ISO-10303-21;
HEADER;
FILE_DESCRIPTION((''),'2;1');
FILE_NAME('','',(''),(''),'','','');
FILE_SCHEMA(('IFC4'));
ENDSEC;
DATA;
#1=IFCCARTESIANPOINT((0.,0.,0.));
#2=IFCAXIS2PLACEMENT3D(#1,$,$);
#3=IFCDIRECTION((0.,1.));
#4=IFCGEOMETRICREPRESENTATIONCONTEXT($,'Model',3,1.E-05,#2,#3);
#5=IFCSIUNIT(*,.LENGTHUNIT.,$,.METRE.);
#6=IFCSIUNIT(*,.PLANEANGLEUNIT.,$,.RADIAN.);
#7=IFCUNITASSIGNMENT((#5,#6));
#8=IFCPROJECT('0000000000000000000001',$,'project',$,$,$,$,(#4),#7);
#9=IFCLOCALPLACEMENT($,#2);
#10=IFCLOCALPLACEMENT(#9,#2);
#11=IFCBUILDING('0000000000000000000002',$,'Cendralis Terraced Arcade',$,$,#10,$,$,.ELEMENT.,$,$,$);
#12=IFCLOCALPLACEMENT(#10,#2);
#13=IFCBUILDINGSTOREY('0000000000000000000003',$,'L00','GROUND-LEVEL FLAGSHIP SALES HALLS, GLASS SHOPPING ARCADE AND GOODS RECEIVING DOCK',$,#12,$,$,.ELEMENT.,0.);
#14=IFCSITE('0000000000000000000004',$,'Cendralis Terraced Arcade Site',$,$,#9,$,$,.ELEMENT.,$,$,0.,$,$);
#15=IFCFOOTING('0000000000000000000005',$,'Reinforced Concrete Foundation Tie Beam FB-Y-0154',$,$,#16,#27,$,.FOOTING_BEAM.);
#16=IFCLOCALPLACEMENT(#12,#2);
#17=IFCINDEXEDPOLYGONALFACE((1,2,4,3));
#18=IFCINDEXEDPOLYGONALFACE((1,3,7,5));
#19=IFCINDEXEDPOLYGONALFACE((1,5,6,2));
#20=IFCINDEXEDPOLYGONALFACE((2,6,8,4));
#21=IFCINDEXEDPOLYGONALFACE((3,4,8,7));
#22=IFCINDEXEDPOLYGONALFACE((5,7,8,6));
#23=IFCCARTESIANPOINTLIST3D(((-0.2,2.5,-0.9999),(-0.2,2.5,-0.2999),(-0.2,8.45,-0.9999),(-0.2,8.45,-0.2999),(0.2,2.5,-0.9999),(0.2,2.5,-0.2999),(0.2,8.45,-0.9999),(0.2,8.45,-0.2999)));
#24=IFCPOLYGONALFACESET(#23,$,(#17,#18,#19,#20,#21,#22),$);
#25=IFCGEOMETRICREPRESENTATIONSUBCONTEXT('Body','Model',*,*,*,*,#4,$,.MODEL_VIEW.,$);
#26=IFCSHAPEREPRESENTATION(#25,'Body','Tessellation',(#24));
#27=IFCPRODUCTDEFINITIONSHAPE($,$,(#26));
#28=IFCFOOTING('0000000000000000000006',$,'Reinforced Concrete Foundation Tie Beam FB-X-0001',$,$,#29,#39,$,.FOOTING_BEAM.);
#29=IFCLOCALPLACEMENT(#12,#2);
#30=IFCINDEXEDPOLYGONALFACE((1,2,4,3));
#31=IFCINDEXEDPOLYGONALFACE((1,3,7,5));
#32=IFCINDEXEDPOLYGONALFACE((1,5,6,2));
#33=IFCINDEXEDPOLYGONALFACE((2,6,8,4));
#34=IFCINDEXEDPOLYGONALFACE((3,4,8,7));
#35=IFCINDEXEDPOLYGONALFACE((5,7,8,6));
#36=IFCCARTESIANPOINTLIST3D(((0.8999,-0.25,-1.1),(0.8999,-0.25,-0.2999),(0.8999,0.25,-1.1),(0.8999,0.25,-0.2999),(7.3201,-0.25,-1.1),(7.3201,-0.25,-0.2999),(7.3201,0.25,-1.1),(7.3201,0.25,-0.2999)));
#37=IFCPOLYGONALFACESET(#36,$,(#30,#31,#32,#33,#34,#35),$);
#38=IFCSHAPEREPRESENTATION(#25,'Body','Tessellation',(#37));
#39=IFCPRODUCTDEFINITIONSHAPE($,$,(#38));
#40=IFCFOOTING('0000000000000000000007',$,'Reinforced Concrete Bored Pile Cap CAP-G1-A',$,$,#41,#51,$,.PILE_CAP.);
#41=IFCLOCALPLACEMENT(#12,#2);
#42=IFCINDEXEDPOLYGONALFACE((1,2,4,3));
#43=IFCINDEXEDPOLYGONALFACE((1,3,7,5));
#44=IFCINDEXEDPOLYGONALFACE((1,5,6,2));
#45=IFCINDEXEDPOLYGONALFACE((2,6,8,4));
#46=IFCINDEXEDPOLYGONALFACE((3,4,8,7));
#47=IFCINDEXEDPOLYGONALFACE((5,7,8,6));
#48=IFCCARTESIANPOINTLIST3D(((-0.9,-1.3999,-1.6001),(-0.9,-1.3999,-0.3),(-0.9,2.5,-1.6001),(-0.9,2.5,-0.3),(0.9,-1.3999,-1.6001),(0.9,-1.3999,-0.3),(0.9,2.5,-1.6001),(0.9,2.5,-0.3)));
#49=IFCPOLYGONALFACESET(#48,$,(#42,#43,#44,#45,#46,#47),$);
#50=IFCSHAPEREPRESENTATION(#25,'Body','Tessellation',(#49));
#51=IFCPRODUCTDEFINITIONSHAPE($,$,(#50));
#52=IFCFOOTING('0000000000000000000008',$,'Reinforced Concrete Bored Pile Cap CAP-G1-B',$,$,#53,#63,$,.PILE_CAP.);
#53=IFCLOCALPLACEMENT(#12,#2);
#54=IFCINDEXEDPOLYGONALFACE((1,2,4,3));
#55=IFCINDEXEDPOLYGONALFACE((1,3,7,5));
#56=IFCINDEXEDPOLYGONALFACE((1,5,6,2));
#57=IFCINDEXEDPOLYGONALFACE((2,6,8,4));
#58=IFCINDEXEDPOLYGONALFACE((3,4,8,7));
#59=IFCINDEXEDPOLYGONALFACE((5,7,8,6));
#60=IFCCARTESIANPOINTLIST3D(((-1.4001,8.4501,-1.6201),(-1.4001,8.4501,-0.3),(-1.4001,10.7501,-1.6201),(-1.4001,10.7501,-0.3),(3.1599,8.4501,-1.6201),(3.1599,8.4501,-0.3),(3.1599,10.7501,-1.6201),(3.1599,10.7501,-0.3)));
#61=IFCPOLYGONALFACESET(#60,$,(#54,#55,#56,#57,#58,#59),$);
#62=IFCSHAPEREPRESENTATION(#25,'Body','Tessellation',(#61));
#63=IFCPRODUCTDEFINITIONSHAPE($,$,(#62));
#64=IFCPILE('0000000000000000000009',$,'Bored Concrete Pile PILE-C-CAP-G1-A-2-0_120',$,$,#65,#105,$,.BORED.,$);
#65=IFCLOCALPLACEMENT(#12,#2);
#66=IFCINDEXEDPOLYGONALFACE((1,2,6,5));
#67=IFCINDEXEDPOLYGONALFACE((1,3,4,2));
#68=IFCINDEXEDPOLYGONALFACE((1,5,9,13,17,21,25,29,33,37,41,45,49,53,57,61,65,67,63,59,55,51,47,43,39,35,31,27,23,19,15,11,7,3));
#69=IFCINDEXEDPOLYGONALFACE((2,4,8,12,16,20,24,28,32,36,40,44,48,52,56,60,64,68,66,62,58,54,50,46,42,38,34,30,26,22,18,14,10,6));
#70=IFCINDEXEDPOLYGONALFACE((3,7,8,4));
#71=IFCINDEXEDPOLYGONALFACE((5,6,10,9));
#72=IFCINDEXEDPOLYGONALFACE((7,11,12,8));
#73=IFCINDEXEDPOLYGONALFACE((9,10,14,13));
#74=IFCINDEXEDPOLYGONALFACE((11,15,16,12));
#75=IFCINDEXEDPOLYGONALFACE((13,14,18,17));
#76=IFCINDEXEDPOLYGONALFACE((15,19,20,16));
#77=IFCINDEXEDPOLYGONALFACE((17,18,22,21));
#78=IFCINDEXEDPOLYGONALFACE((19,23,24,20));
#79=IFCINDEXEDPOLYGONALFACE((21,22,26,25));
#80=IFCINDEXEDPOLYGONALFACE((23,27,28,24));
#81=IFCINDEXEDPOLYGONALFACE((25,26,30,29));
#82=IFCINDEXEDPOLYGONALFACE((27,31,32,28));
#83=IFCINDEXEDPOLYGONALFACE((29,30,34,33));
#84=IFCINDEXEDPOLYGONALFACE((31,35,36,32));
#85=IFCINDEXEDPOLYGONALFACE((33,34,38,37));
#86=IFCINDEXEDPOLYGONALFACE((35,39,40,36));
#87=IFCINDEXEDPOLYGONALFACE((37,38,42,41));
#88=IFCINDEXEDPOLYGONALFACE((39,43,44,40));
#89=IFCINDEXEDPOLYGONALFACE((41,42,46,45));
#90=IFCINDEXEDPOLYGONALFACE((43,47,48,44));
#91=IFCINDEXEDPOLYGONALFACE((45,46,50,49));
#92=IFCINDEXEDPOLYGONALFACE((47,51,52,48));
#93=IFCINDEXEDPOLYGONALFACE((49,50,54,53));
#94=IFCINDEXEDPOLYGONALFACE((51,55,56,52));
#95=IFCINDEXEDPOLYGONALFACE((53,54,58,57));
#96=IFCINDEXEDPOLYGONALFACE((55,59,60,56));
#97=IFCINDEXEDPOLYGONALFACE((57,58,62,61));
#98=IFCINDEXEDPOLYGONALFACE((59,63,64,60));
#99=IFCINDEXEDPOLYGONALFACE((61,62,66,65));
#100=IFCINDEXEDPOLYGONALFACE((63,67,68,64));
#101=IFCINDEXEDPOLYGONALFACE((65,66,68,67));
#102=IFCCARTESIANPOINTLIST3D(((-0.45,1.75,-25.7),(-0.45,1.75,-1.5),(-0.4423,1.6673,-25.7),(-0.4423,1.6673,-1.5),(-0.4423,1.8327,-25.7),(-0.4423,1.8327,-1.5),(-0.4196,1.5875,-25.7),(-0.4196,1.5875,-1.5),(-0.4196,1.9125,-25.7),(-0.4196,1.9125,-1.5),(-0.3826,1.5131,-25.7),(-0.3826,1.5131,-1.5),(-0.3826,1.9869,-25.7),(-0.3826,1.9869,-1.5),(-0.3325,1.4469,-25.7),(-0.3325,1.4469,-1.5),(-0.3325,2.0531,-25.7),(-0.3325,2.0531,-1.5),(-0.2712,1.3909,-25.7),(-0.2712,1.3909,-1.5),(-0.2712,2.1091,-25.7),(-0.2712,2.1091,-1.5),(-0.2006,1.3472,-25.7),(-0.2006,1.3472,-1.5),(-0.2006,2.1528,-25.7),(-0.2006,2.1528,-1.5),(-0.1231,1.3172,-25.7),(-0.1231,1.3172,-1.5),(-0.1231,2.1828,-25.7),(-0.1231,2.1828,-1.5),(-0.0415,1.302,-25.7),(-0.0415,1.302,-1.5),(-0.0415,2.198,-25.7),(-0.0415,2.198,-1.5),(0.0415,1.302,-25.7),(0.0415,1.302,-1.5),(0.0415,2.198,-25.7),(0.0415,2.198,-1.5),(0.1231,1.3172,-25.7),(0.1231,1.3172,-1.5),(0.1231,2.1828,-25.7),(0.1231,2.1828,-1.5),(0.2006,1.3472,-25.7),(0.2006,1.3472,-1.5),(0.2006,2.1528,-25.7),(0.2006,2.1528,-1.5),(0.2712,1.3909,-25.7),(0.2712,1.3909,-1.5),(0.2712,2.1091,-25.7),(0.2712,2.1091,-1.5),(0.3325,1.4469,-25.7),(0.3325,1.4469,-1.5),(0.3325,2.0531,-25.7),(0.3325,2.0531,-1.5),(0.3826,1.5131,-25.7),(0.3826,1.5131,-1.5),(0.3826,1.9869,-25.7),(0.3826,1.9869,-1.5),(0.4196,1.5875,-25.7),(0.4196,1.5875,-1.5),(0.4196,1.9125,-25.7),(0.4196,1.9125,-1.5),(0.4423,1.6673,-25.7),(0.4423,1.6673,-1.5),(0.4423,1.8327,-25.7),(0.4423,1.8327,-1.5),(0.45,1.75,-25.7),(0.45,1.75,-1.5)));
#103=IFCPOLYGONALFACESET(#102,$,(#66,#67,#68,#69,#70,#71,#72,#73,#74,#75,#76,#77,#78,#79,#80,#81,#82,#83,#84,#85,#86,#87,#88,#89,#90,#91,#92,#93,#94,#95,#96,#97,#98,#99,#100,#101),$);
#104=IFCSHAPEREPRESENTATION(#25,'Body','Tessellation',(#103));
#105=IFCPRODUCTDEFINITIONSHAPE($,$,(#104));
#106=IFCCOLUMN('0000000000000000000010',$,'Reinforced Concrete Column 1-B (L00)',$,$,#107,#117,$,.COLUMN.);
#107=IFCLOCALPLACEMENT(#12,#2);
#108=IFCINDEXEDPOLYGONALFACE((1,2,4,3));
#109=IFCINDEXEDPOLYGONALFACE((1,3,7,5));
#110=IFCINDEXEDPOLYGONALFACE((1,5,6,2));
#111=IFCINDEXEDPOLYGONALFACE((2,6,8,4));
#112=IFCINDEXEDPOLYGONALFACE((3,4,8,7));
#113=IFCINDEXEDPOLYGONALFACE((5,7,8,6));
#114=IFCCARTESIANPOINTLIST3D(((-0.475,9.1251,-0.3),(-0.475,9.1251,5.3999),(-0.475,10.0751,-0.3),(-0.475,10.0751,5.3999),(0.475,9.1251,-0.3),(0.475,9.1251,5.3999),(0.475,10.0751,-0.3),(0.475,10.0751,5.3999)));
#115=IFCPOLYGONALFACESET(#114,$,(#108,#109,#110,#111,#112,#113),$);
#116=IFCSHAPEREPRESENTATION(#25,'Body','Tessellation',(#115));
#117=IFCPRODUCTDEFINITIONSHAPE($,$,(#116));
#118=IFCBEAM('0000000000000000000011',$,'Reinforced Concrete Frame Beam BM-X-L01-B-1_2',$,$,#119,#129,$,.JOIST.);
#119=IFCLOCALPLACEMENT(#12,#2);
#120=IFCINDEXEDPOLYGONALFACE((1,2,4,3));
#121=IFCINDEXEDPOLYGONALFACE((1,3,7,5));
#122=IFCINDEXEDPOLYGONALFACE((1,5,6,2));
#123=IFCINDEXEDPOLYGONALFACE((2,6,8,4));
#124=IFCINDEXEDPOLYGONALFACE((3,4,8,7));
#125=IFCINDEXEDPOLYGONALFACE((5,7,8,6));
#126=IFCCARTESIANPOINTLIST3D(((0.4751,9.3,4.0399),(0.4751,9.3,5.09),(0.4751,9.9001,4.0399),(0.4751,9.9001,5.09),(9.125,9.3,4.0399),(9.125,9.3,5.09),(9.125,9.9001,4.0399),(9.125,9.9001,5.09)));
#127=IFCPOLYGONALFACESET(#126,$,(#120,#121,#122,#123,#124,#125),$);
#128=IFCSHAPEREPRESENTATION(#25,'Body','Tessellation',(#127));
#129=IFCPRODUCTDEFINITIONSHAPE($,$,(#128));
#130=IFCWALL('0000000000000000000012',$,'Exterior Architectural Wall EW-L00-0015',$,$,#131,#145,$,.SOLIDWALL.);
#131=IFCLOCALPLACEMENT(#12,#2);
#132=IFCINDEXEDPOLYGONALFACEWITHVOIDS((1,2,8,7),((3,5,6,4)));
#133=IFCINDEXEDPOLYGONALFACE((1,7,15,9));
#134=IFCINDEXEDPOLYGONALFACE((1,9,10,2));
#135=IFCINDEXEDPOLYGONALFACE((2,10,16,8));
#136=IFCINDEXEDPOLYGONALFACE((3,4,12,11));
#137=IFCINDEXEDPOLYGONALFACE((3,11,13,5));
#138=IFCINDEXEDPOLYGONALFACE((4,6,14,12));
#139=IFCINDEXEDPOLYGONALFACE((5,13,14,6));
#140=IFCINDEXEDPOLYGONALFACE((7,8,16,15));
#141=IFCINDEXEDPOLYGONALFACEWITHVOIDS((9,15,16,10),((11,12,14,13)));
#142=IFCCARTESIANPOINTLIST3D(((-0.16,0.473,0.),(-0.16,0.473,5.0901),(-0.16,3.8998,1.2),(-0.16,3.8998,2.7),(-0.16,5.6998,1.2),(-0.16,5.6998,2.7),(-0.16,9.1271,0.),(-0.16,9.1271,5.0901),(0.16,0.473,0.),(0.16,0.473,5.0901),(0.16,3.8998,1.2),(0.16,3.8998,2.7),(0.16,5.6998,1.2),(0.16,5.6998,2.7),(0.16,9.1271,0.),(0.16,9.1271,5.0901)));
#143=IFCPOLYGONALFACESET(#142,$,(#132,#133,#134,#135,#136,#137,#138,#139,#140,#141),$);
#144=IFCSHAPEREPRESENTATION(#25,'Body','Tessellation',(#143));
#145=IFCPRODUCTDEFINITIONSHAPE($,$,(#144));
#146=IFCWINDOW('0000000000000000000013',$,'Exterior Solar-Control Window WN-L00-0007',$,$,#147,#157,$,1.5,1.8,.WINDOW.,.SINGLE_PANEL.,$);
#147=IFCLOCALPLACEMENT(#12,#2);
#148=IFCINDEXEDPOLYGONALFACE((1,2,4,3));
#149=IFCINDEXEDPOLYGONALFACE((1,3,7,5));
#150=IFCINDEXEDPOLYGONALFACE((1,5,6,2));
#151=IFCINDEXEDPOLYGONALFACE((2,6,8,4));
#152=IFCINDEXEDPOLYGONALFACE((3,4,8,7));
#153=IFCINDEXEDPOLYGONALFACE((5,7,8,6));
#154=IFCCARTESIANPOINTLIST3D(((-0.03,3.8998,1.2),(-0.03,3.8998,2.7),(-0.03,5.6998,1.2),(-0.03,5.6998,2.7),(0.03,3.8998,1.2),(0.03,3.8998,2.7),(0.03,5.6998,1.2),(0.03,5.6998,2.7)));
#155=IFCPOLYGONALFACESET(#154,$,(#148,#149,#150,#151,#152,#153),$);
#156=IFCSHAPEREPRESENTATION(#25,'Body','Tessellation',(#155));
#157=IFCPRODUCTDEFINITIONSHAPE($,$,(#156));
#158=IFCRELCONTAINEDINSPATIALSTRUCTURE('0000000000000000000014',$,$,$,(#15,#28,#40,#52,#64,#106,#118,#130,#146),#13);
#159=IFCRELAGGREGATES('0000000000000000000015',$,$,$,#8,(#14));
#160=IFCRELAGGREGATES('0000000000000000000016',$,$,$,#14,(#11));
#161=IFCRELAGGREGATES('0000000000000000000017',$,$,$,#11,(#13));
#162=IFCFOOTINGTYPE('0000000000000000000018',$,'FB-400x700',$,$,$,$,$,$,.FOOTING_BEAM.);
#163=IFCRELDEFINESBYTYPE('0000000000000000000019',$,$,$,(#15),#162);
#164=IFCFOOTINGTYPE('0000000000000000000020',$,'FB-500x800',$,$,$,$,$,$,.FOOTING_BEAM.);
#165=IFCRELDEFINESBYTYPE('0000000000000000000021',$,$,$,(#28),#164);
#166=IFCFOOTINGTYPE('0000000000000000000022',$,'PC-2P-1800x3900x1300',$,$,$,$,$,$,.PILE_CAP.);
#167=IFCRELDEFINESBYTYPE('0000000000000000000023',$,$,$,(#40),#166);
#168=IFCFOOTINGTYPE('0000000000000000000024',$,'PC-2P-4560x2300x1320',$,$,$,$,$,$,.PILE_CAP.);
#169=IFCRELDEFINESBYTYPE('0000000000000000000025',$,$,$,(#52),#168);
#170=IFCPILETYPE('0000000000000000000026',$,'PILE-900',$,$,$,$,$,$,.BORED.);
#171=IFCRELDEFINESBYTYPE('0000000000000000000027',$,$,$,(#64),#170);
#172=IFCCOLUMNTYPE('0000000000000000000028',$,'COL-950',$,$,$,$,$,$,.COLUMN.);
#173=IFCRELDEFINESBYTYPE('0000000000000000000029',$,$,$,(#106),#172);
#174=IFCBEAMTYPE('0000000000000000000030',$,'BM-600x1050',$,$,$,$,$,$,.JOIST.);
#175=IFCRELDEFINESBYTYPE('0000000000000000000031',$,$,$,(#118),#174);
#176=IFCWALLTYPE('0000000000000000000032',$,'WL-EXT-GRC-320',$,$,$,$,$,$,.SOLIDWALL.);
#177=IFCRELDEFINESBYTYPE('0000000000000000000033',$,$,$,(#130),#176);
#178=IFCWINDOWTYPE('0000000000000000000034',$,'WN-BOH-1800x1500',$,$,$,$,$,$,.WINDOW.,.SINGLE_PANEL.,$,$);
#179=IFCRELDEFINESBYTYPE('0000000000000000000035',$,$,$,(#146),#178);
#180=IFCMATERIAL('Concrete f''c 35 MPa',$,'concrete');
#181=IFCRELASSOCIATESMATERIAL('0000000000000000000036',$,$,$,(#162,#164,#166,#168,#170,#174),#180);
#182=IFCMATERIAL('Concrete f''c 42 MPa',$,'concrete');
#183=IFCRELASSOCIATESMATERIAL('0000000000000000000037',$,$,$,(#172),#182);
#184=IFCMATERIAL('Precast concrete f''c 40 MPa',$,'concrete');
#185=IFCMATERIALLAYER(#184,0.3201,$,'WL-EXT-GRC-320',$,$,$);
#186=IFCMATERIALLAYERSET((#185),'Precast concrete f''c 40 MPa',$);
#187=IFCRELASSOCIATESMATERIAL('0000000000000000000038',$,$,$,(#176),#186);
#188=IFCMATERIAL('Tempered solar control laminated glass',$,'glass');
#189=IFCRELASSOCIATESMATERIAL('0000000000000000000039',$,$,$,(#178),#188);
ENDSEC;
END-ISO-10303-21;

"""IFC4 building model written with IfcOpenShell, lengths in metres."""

from ifc_helpers import new_model, si_unit, direction, frame, frame_2d, origin, origin_2d, place, context, subcontext, project, spatial, rectangle, circle, extrude, material, layer, layer_set, material_profile, profile_set, type_object, element, fill, save


model = new_model("IFC4")

# Units and contexts
model_context = context("Model", 3, precision=1e-05, world=origin(), true_north=direction((0.0, 1.0)))
body_context = subcontext(model_context, "Body", "Model", "MODEL_VIEW")
ifc_project = project(units=[si_unit("LENGTHUNIT", "METRE"), si_unit("PLANEANGLEUNIT", "RADIAN")], contexts=[model_context])

# Site, building, storey
site_placement = place(None, origin())
site = spatial("IfcSite", under=ifc_project, at=site_placement, Name="Cendralis Terraced Arcade Site", CompositionType="ELEMENT", RefElevation=0.0)
building_placement = place(site_placement, origin())
building = spatial("IfcBuilding", under=site, at=building_placement, Name="Cendralis Terraced Arcade", CompositionType="ELEMENT")
storey_placement = place(building_placement, origin())
storey = spatial("IfcBuildingStorey", under=building, at=storey_placement, Name="L00", Description="GROUND-LEVEL FLAGSHIP SALES HALLS, GLASS SHOPPING ARCADE AND GOODS RECEIVING DOCK", CompositionType="ELEMENT", Elevation=0.0)

# Footings
ifc_material_1 = material(Name="Concrete f'c 35 MPa", Category="concrete")
ifc_material_profile_1 = material_profile(ifc_material_1, rectangle(XDim=0.3999, YDim=0.7, at=origin_2d()), Name="FB-400x700", Category="LoadBearing")
ifc_profile_set_1 = profile_set([ifc_material_profile_1], Name="Concrete f'c 35 MPa")
footing_type_1 = type_object("IfcFootingType", Name="FB-400x700", PredefinedType="FOOTING_BEAM", material=ifc_profile_set_1)
footing_1_placement = place(storey_placement, frame((0.0, 2.5, -0.6499), z_axis=(0.0, 1.0, 0.0), x_axis=(-1.0, 0.0, 0.0)))
element("IfcFooting", 1, at=footing_1_placement, inside=storey, type_object=footing_type_1, Name="Reinforced Concrete Foundation Tie Beam FB-Y-0154", PredefinedType="FOOTING_BEAM", context=body_context, shape_type="SweptSolid", body=[
    extrude(rectangle(XDim=0.3999, YDim=0.7, at=origin_2d()), origin(), (0.0, 0.0, 1.0), 5.95),
])
ifc_material_profile_2 = material_profile(ifc_material_1, rectangle(XDim=0.5, YDim=0.8, at=origin_2d()), Name="FB-500x800", Category="LoadBearing")
ifc_profile_set_2 = profile_set([ifc_material_profile_2], Name="Concrete f'c 35 MPa")
footing_type_2 = type_object("IfcFootingType", Name="FB-500x800", PredefinedType="FOOTING_BEAM", material=ifc_profile_set_2)
footing_2_placement = place(storey_placement, frame((0.8999, 0.0, -0.7), z_axis=(1.0, 0.0, 0.0), x_axis=(0.0, 1.0, 0.0)))
element("IfcFooting", 2, at=footing_2_placement, inside=storey, type_object=footing_type_2, Name="Reinforced Concrete Foundation Tie Beam FB-X-0001", PredefinedType="FOOTING_BEAM", context=body_context, shape_type="SweptSolid", body=[
    extrude(rectangle(XDim=0.5, YDim=0.8, at=origin_2d()), origin(), (0.0, 0.0, 1.0), 6.4202),
])
footing_type_3 = type_object("IfcFootingType", Name="PC-2P-1800x3900x1300", PredefinedType="PILE_CAP", material=ifc_material_1)
footing_3_placement = place(storey_placement, frame((0.0, 0.55, -1.6001), z_axis=(0.0, 0.0, 1.0), x_axis=(1.0, 0.0, 0.0)))
element("IfcFooting", 3, at=footing_3_placement, inside=storey, type_object=footing_type_3, Name="Reinforced Concrete Bored Pile Cap CAP-G1-A", PredefinedType="PILE_CAP", context=body_context, shape_type="SweptSolid", body=[
    extrude(rectangle(XDim=1.8, YDim=3.8999, at=origin_2d()), origin(), (0.0, 0.0, 1.0), 1.3),
])
footing_type_4 = type_object("IfcFootingType", Name="PC-2P-4560x2300x1320", PredefinedType="PILE_CAP", material=ifc_material_1)
footing_4_placement = place(storey_placement, frame((0.8799, 9.6001, -1.6201), z_axis=(0.0, 0.0, 1.0), x_axis=(1.0, 0.0, 0.0)))
element("IfcFooting", 4, at=footing_4_placement, inside=storey, type_object=footing_type_4, Name="Reinforced Concrete Bored Pile Cap CAP-G1-B", PredefinedType="PILE_CAP", context=body_context, shape_type="SweptSolid", body=[
    extrude(rectangle(XDim=4.5601, YDim=2.3, at=origin_2d()), origin(), (0.0, 0.0, 1.0), 1.3201),
])

# Pile
ifc_material_profile_3 = material_profile(ifc_material_1, circle(Radius=0.45, at=origin_2d()), Name="PILE-D900", Category="LoadBearing")
ifc_profile_set_3 = profile_set([ifc_material_profile_3], Name="Concrete f'c 35 MPa")
pile_type = type_object("IfcPileType", Name="PILE-900", PredefinedType="BORED", material=ifc_profile_set_3)
pile_placement = place(storey_placement, frame((0.0, 1.75, -1.5), z_axis=(0.0, 0.0, -1.0), x_axis=(1.0, 0.0, 0.0)))
element("IfcPile", 5, at=pile_placement, inside=storey, type_object=pile_type, Name="Bored Concrete Pile PILE-C-CAP-G1-A-2-0_120", PredefinedType="BORED", context=body_context, shape_type="SweptSolid", body=[
    extrude(circle(Radius=0.45, at=origin_2d()), origin(), (0.0, 0.0, 1.0), 24.2),
])

# Column
ifc_material_2 = material(Name="Concrete f'c 42 MPa", Category="concrete")
ifc_material_profile_4 = material_profile(ifc_material_2, rectangle(XDim=0.95, YDim=0.95, at=origin_2d()), Name="RC-COL-950x950", Category="LoadBearing")
ifc_profile_set_4 = profile_set([ifc_material_profile_4], Name="Concrete f'c 42 MPa")
column_type = type_object("IfcColumnType", Name="COL-950", PredefinedType="COLUMN", material=ifc_profile_set_4)
column_placement = place(storey_placement, frame((0.0, 9.6001, -0.3), z_axis=(0.0, 0.0, 1.0), x_axis=(1.0, 0.0, 0.0)))
element("IfcColumn", 6, at=column_placement, inside=storey, type_object=column_type, Name="Reinforced Concrete Column 1-B (L00)", PredefinedType="COLUMN", context=body_context, shape_type="SweptSolid", body=[
    extrude(rectangle(XDim=0.95, YDim=0.95, at=origin_2d()), origin(), (0.0, 0.0, 1.0), 5.7),
])

# Beam
ifc_material_profile_5 = material_profile(ifc_material_1, rectangle(XDim=0.6001, YDim=1.05, at=origin_2d()), Name="RC-BM-600x1050", Category="LoadBearing")
ifc_profile_set_5 = profile_set([ifc_material_profile_5], Name="Concrete f'c 35 MPa")
beam_type = type_object("IfcBeamType", Name="BM-600x1050", PredefinedType="JOIST", material=ifc_profile_set_5)
beam_placement = place(storey_placement, frame((0.4751, 9.6001, 4.5649), z_axis=(1.0, 0.0, 0.0), x_axis=(0.0, 1.0, 0.0)))
element("IfcBeam", 7, at=beam_placement, inside=storey, type_object=beam_type, Name="Reinforced Concrete Frame Beam BM-X-L01-B-1_2", PredefinedType="JOIST", context=body_context, shape_type="SweptSolid", body=[
    extrude(rectangle(XDim=0.6001, YDim=1.05, at=origin_2d()), origin(), (0.0, 0.0, 1.0), 8.6499),
])

# Wall, opening, window
ifc_material_3 = material(Name="Precast concrete f'c 40 MPa", Category="concrete")
ifc_layer_1 = layer(ifc_material_3, 0.3201, Name="WL-EXT-GRC-320")
ifc_layer_set_1 = layer_set([ifc_layer_1], Name="Precast concrete f'c 40 MPa")
wall_type = type_object("IfcWallType", Name="WL-EXT-GRC-320", PredefinedType="SOLIDWALL", material=ifc_layer_set_1)
wall_placement = place(storey_placement, frame((0.0, 0.4729, 0.0), z_axis=(0.0, 0.0, 1.0), x_axis=(0.0, 1.0, 0.0)))
wall = element("IfcWall", 8, at=wall_placement, inside=storey, type_object=wall_type, Name="Exterior Architectural Wall EW-L00-0015", PredefinedType="SOLIDWALL", context=body_context, shape_type="SweptSolid", body=[
    extrude(rectangle(XDim=8.6541, YDim=0.3201, at=frame_2d((4.3271, 0.0))), origin(), (0.0, 0.0, 1.0), 5.0901),
])
opening_placement = place(wall_placement, frame((3.427, 0.0, 1.2)))
opening = element("IfcOpeningElement", 9, at=opening_placement, cuts=wall, PredefinedType="OPENING", context=body_context, shape_type="SweptSolid", body=[
    extrude(rectangle(XDim=1.8, YDim=1.5, at=frame_2d((0.8999, 0.75))), frame((0.0, 0.1719, 0.0), z_axis=(0.0, -1.0, 0.0), x_axis=(1.0, 0.0, 0.0)), (0.0, 0.0, 1.0), 0.344),
])
ifc_material_4 = material(Name="Tempered solar control laminated glass", Category="glass")
window_type = type_object("IfcWindowType", Name="WN-BOH-1800x1500", PartitioningType="SINGLE_PANEL", PredefinedType="WINDOW", material=ifc_material_4)
window_placement = place(opening_placement, origin())
window = element("IfcWindow", 10, at=window_placement, inside=storey, type_object=window_type, Name="Exterior Solar-Control Window WN-L00-0007", OverallHeight=1.5, OverallWidth=1.8, PartitioningType="SINGLE_PANEL", PredefinedType="WINDOW", context=body_context, shape_type="SweptSolid", body=[
    extrude(rectangle(XDim=1.8, YDim=1.5, at=frame_2d((0.8999, 0.75))), frame((0.0, 0.03, 0.0), z_axis=(0.0, -1.0, 0.0), x_axis=(1.0, 0.0, 0.0)), (0.0, 0.0, 1.0), 0.0601),
])
fill(opening, window)

save(model, "model.ifc")
